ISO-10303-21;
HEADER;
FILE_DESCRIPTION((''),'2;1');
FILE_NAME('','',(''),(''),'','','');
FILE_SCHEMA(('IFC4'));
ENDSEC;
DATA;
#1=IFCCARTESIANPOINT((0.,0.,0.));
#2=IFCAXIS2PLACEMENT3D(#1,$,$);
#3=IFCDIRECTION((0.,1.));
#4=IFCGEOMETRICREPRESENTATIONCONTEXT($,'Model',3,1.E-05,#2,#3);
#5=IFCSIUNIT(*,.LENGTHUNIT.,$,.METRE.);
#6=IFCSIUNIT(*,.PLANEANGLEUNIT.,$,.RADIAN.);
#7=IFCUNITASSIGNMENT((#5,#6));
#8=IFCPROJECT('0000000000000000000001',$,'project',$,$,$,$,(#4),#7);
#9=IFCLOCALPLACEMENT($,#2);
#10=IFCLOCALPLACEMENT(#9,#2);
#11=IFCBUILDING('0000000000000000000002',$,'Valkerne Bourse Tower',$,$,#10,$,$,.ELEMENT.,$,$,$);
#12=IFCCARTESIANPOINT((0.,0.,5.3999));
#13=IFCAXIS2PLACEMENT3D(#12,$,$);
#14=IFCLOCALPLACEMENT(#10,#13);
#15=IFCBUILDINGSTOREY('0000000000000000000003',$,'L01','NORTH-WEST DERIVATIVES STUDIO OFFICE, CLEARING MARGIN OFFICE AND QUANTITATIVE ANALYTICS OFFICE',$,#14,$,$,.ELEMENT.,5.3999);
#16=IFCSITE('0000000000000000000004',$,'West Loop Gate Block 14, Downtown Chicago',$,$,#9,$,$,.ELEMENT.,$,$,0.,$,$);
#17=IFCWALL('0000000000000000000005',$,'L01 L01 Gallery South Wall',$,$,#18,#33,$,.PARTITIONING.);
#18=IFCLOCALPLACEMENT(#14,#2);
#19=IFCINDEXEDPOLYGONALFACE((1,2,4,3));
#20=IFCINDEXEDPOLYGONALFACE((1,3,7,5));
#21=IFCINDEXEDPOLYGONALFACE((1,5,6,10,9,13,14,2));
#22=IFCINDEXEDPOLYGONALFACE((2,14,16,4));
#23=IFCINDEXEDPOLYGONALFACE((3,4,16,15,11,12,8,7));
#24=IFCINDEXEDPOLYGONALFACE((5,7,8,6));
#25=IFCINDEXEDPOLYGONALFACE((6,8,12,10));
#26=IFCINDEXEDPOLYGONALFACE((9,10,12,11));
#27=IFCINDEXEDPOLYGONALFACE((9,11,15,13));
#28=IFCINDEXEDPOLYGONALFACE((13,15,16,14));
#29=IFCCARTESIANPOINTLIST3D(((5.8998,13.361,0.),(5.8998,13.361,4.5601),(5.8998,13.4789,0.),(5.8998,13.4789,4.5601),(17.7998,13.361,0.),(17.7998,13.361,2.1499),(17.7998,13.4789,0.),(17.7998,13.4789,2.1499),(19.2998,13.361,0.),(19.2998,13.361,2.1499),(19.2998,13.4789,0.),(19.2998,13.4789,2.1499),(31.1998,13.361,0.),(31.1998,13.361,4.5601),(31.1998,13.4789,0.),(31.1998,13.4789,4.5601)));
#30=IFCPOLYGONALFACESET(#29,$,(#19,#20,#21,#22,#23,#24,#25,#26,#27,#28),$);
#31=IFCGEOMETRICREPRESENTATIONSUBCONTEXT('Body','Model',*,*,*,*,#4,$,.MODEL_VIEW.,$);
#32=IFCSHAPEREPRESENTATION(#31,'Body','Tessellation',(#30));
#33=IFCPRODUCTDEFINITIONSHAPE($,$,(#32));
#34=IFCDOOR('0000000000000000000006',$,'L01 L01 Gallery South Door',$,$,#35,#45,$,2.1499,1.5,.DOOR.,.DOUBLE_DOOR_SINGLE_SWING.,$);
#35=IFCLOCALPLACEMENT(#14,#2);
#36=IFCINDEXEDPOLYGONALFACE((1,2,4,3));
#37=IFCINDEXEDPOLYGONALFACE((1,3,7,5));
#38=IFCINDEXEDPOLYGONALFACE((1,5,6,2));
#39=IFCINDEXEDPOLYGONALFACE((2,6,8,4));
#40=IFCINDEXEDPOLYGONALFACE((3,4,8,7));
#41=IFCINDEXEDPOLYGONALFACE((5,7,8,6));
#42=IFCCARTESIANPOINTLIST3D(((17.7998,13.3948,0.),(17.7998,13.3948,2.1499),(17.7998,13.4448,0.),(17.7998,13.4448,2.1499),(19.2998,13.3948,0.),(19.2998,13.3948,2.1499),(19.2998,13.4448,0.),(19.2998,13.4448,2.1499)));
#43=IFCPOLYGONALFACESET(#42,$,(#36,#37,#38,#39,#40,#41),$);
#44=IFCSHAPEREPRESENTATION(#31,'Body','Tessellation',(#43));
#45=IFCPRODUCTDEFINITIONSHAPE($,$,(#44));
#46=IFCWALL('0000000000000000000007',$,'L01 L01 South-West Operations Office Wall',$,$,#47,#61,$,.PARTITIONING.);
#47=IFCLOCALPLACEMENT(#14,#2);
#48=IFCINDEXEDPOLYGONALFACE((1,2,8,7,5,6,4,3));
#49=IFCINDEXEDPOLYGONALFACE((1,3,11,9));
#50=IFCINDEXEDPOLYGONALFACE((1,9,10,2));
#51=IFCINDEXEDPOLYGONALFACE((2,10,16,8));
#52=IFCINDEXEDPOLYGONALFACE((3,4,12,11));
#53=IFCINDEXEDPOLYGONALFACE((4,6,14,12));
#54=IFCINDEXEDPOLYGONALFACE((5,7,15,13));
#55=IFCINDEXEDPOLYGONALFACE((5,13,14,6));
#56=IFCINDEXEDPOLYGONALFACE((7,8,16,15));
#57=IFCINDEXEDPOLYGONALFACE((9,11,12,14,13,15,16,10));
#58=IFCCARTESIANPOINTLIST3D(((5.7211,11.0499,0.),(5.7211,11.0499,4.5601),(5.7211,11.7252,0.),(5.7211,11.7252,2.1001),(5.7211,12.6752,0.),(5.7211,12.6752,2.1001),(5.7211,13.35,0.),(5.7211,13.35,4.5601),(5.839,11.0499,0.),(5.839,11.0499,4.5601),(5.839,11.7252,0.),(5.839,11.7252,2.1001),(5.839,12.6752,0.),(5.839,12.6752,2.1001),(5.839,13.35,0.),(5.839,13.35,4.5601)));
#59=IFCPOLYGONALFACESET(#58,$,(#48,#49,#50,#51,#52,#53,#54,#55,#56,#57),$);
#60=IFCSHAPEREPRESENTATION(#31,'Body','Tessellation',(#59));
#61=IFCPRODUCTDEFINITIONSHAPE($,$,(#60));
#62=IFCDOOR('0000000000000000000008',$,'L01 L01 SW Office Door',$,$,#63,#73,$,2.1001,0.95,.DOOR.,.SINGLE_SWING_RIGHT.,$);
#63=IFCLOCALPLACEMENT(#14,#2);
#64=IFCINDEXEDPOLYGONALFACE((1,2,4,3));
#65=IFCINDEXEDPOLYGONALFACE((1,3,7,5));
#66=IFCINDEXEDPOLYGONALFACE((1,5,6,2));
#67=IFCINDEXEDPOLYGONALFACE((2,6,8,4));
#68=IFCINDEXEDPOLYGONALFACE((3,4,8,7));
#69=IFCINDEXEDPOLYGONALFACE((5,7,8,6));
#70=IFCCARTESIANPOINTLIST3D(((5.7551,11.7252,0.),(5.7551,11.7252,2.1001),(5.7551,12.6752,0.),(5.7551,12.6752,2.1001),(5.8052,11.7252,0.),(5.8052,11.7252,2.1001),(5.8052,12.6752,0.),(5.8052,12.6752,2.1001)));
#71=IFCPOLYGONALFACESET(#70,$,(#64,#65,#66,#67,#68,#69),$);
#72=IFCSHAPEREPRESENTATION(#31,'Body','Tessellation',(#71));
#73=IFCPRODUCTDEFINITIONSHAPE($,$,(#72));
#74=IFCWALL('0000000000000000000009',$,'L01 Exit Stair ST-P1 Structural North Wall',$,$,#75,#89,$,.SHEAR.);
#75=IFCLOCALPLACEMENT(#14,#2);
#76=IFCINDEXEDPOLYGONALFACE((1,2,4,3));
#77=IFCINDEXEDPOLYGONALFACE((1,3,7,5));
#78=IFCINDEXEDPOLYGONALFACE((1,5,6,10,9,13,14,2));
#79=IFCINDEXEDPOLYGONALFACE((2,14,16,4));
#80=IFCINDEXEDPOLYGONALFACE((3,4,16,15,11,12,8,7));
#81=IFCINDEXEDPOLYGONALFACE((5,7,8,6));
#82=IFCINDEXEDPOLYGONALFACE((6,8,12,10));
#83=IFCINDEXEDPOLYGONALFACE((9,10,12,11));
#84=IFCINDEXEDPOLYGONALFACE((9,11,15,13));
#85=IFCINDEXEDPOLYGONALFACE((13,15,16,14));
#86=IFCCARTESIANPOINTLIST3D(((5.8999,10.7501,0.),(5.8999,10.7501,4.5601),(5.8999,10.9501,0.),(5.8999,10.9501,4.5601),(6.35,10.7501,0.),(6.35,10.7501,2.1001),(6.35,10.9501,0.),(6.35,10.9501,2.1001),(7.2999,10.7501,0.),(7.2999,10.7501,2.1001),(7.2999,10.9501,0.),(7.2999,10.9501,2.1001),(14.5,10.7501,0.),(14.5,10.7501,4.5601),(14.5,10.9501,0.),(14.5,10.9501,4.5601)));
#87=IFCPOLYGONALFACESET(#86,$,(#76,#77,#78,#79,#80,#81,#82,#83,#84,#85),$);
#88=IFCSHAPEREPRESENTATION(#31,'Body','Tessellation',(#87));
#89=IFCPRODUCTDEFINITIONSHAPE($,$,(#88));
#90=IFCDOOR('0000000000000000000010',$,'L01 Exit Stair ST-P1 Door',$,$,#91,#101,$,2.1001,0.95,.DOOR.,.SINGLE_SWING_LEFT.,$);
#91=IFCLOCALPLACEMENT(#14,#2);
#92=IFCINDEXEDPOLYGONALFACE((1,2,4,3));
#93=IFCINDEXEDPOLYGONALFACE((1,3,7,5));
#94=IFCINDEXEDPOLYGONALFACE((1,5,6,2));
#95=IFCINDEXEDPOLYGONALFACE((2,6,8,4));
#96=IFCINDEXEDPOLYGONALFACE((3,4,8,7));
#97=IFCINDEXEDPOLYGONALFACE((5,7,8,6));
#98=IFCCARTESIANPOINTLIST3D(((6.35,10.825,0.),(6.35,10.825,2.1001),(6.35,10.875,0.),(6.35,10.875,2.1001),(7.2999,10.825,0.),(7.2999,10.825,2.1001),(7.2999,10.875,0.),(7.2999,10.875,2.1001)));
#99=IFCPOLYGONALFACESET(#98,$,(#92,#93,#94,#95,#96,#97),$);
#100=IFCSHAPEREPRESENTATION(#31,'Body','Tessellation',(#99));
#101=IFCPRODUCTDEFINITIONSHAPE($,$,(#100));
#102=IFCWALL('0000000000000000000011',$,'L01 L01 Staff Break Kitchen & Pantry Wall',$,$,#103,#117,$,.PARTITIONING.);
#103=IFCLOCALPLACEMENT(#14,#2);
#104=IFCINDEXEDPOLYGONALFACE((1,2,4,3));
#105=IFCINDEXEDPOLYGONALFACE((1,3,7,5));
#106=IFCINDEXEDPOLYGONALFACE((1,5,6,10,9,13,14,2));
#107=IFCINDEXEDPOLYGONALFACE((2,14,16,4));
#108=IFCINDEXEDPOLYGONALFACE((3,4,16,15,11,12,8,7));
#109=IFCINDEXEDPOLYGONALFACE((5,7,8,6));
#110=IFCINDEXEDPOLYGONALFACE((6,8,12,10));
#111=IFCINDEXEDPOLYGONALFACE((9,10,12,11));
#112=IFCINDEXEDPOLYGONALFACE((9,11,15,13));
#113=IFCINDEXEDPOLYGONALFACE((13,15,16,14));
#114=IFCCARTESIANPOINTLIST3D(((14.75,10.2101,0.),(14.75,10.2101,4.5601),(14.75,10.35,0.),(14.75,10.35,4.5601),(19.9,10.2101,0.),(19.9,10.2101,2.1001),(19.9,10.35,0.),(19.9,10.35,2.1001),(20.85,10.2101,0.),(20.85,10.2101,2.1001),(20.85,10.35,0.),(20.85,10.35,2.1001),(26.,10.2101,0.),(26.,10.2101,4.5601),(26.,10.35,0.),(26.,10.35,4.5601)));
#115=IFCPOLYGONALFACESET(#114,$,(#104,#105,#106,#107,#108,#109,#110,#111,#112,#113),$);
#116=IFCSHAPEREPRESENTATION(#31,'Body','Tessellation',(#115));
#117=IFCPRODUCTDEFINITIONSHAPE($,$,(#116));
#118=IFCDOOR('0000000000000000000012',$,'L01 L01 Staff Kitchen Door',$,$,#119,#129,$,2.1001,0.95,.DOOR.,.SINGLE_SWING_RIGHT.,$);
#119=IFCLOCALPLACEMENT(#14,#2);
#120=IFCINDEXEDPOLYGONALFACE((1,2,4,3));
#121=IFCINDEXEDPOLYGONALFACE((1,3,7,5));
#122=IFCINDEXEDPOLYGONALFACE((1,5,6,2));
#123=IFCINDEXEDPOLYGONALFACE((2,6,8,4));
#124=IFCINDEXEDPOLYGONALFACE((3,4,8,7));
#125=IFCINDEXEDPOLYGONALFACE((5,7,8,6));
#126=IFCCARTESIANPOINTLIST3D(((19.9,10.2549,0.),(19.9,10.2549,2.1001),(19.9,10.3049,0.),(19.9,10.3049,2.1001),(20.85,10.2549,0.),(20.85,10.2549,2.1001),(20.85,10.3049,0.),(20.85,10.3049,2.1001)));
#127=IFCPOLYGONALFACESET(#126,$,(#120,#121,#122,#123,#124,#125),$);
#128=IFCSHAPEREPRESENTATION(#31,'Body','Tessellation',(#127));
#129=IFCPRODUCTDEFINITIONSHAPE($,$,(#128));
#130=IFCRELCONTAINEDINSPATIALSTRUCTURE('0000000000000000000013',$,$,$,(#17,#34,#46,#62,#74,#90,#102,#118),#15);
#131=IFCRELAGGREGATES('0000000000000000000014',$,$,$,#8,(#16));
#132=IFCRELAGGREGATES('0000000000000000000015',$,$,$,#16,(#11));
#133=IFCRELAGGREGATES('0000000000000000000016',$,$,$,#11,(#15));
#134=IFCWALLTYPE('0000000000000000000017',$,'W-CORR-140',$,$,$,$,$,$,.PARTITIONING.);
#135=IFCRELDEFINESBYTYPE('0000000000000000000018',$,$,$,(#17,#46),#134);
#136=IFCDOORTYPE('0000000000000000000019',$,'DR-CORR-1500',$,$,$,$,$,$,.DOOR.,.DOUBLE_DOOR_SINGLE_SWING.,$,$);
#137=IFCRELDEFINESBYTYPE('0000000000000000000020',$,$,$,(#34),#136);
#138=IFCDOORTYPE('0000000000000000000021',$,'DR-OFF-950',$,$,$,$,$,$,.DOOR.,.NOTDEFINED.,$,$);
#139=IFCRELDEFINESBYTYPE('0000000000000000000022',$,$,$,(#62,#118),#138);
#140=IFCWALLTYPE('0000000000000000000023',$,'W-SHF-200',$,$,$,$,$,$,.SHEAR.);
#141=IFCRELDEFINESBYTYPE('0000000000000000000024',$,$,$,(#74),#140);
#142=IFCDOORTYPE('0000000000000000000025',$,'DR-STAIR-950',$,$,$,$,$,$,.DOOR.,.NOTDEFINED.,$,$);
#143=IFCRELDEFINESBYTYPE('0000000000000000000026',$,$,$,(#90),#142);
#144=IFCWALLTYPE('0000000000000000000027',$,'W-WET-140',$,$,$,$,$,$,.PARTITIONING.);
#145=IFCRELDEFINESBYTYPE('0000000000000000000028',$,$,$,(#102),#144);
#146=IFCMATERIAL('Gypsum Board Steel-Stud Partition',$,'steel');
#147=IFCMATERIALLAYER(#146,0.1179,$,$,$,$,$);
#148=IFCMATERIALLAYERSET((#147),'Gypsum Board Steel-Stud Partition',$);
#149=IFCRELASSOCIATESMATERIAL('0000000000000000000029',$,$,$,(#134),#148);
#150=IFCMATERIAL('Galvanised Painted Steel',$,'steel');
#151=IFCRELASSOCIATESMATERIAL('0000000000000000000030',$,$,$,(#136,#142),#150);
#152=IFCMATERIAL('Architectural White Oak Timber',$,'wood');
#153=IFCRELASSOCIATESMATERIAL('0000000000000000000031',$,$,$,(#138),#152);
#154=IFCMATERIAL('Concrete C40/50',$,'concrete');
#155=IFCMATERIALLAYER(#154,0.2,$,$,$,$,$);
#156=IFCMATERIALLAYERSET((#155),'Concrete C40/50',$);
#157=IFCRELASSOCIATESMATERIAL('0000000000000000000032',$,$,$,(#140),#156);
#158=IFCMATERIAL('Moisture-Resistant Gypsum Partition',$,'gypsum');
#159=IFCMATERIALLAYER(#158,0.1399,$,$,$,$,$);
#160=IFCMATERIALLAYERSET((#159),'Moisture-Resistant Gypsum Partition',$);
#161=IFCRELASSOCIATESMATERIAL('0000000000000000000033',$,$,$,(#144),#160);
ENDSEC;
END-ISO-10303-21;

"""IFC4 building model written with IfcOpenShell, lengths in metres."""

from ifc_helpers import new_model, si_unit, direction, frame, frame_2d, origin, place, context, subcontext, project, spatial, rectangle, extrude, material, layer, layer_set, type_object, element, fill, save


model = new_model("IFC4")

# Units and contexts
model_context = context("Model", 3, precision=1e-05, world=origin(), true_north=direction((0.0, 1.0)))
body_context = subcontext(model_context, "Body", "Model", "MODEL_VIEW")
ifc_project = project(units=[si_unit("LENGTHUNIT", "METRE"), si_unit("PLANEANGLEUNIT", "RADIAN")], contexts=[model_context])

# Site, building, storey
site_placement = place(None, origin())
site = spatial("IfcSite", under=ifc_project, at=site_placement, Name="West Loop Gate Block 14, Downtown Chicago", CompositionType="ELEMENT", RefElevation=0.0)
building_placement = place(site_placement, origin())
building = spatial("IfcBuilding", under=site, at=building_placement, Name="Valkerne Bourse Tower", CompositionType="ELEMENT")
storey_placement = place(building_placement, frame((0.0, 0.0, 5.3999)))
storey = spatial("IfcBuildingStorey", under=building, at=storey_placement, Name="L01", Description="NORTH-WEST DERIVATIVES STUDIO OFFICE, CLEARING MARGIN OFFICE AND QUANTITATIVE ANALYTICS OFFICE", CompositionType="ELEMENT", Elevation=5.3999)

# Walls, openings, doors
ifc_material_1 = material(Name="Gypsum Board Steel-Stud Partition", Category="steel")
ifc_layer_1 = layer(ifc_material_1, 0.1179)
ifc_layer_set_1 = layer_set([ifc_layer_1], Name="Gypsum Board Steel-Stud Partition")
wall_type_1 = type_object("IfcWallType", Name="W-CORR-140", PredefinedType="PARTITIONING", material=ifc_layer_set_1)
wall_1_placement = place(storey_placement, frame((5.8999, 13.4199, 0.0), z_axis=(0.0, 0.0, 1.0), x_axis=(1.0, 0.0, 0.0)))
wall_1 = element("IfcWall", 1, at=wall_1_placement, inside=storey, type_object=wall_type_1, Name="L01 L01 Gallery South Wall", PredefinedType="PARTITIONING", context=body_context, shape_type="SweptSolid", body=[
    extrude(rectangle(XDim=25.3, YDim=0.1179, at=frame_2d((12.6499, 0.0))), origin(), (0.0, 0.0, 1.0), 4.5601),
])
opening_1_placement = place(wall_1_placement, frame((11.8999, 0.0, 0.0)))
opening_1 = element("IfcOpeningElement", 2, at=opening_1_placement, cuts=wall_1, PredefinedType="OPENING", context=body_context, shape_type="SweptSolid", body=[
    extrude(rectangle(XDim=1.5, YDim=2.1499, at=frame_2d((0.75, 1.075))), frame((0.0, 0.0688, 0.0), z_axis=(0.0, -1.0, 0.0), x_axis=(1.0, 0.0, 0.0)), (0.0, 0.0, 1.0), 0.1379),
])
ifc_material_2 = material(Name="Galvanised Painted Steel", Category="steel")
door_type_1 = type_object("IfcDoorType", Name="DR-CORR-1500", OperationType="DOUBLE_DOOR_SINGLE_SWING", PredefinedType="DOOR", material=ifc_material_2)
door_1_placement = place(opening_1_placement, origin())
door_1 = element("IfcDoor", 3, at=door_1_placement, inside=storey, type_object=door_type_1, Name="L01 L01 Gallery South Door", OperationType="DOUBLE_DOOR_SINGLE_SWING", OverallHeight=2.1499, OverallWidth=1.5, PredefinedType="DOOR", context=body_context, shape_type="SweptSolid", body=[
    extrude(rectangle(XDim=1.5, YDim=2.1499, at=frame_2d((0.75, 1.075))), frame((0.0, 0.0249, 0.0), z_axis=(0.0, -1.0, 0.0), x_axis=(1.0, 0.0, 0.0)), (0.0, 0.0, 1.0), 0.05),
])
fill(opening_1, door_1)
wall_2_placement = place(storey_placement, frame((5.78, 11.05, 0.0), z_axis=(0.0, 0.0, 1.0), x_axis=(0.0, 1.0, 0.0)))
wall_2 = element("IfcWall", 4, at=wall_2_placement, inside=storey, type_object=wall_type_1, Name="L01 L01 South-West Operations Office Wall", PredefinedType="PARTITIONING", context=body_context, shape_type="SweptSolid", body=[
    extrude(rectangle(XDim=2.3, YDim=0.1179, at=frame_2d((1.1499, 0.0))), origin(), (0.0, 0.0, 1.0), 4.5601),
])
opening_2_placement = place(wall_2_placement, frame((0.675, 0.0, 0.0)))
opening_2 = element("IfcOpeningElement", 5, at=opening_2_placement, cuts=wall_2, PredefinedType="OPENING", context=body_context, shape_type="SweptSolid", body=[
    extrude(rectangle(XDim=0.95, YDim=2.1001, at=frame_2d((0.4751, 1.05))), frame((0.0, 0.0688, 0.0), z_axis=(0.0, -1.0, 0.0), x_axis=(1.0, 0.0, 0.0)), (0.0, 0.0, 1.0), 0.1379),
])
ifc_material_3 = material(Name="Architectural White Oak Timber", Category="wood")
door_type_2 = type_object("IfcDoorType", Name="DR-OFF-950", OperationType="NOTDEFINED", PredefinedType="DOOR", material=ifc_material_3)
door_2_placement = place(opening_2_placement, origin())
door_2 = element("IfcDoor", 6, at=door_2_placement, inside=storey, type_object=door_type_2, Name="L01 L01 SW Office Door", OperationType="SINGLE_SWING_RIGHT", OverallHeight=2.1001, OverallWidth=0.95, PredefinedType="DOOR", context=body_context, shape_type="SweptSolid", body=[
    extrude(rectangle(XDim=0.95, YDim=2.1001, at=frame_2d((0.4751, 1.05))), frame((0.0, 0.0249, 0.0), z_axis=(0.0, -1.0, 0.0), x_axis=(1.0, 0.0, 0.0)), (0.0, 0.0, 1.0), 0.05),
])
fill(opening_2, door_2)
ifc_material_4 = material(Name="Concrete C40/50", Category="concrete")
ifc_layer_2 = layer(ifc_material_4, 0.2)
ifc_layer_set_2 = layer_set([ifc_layer_2], Name="Concrete C40/50")
wall_type_2 = type_object("IfcWallType", Name="W-SHF-200", PredefinedType="SHEAR", material=ifc_layer_set_2)
wall_3_placement = place(storey_placement, frame((5.8999, 10.8501, 0.0), z_axis=(0.0, 0.0, 1.0), x_axis=(1.0, 0.0, 0.0)))
wall_3 = element("IfcWall", 7, at=wall_3_placement, inside=storey, type_object=wall_type_2, Name="L01 Exit Stair ST-P1 Structural North Wall", PredefinedType="SHEAR", context=body_context, shape_type="SweptSolid", body=[
    extrude(rectangle(XDim=8.6001, YDim=0.2, at=frame_2d((4.3, 0.0))), origin(), (0.0, 0.0, 1.0), 4.5601),
])
opening_3_placement = place(wall_3_placement, frame((0.45, 0.0, 0.0)))
opening_3 = element("IfcOpeningElement", 8, at=opening_3_placement, cuts=wall_3, PredefinedType="OPENING", context=body_context, shape_type="SweptSolid", body=[
    extrude(rectangle(XDim=0.95, YDim=2.1001, at=frame_2d((0.4751, 1.05))), frame((0.0, 0.1099, 0.0), z_axis=(0.0, -1.0, 0.0), x_axis=(1.0, 0.0, 0.0)), (0.0, 0.0, 1.0), 0.22),
])
door_type_3 = type_object("IfcDoorType", Name="DR-STAIR-950", OperationType="NOTDEFINED", PredefinedType="DOOR", material=ifc_material_2)
door_3_placement = place(opening_3_placement, origin())
door_3 = element("IfcDoor", 9, at=door_3_placement, inside=storey, type_object=door_type_3, Name="L01 Exit Stair ST-P1 Door", OperationType="SINGLE_SWING_LEFT", OverallHeight=2.1001, OverallWidth=0.95, PredefinedType="DOOR", context=body_context, shape_type="SweptSolid", body=[
    extrude(rectangle(XDim=0.95, YDim=2.1001, at=frame_2d((0.4751, 1.05))), frame((0.0, 0.0249, 0.0), z_axis=(0.0, -1.0, 0.0), x_axis=(1.0, 0.0, 0.0)), (0.0, 0.0, 1.0), 0.05),
])
fill(opening_3, door_3)
ifc_material_5 = material(Name="Moisture-Resistant Gypsum Partition", Category="gypsum")
ifc_layer_3 = layer(ifc_material_5, 0.1399)
ifc_layer_set_3 = layer_set([ifc_layer_3], Name="Moisture-Resistant Gypsum Partition")
wall_type_3 = type_object("IfcWallType", Name="W-WET-140", PredefinedType="PARTITIONING", material=ifc_layer_set_3)
wall_4_placement = place(storey_placement, frame((14.75, 10.28, 0.0), z_axis=(0.0, 0.0, 1.0), x_axis=(1.0, 0.0, 0.0)))
wall_4 = element("IfcWall", 10, at=wall_4_placement, inside=storey, type_object=wall_type_3, Name="L01 L01 Staff Break Kitchen & Pantry Wall", PredefinedType="PARTITIONING", context=body_context, shape_type="SweptSolid", body=[
    extrude(rectangle(XDim=11.25, YDim=0.1399, at=frame_2d((5.625, 0.0))), origin(), (0.0, 0.0, 1.0), 4.5601),
])
opening_4_placement = place(wall_4_placement, frame((5.1499, 0.0, 0.0)))
opening_4 = element("IfcOpeningElement", 11, at=opening_4_placement, cuts=wall_4, PredefinedType="OPENING", context=body_context, shape_type="SweptSolid", body=[
    extrude(rectangle(XDim=0.95, YDim=2.1001, at=frame_2d((0.4751, 1.05))), frame((0.0, 0.0798, 0.0), z_axis=(0.0, -1.0, 0.0), x_axis=(1.0, 0.0, 0.0)), (0.0, 0.0, 1.0), 0.1599),
])
door_4_placement = place(opening_4_placement, origin())
door_4 = element("IfcDoor", 12, at=door_4_placement, inside=storey, type_object=door_type_2, Name="L01 L01 Staff Kitchen Door", OperationType="SINGLE_SWING_RIGHT", OverallHeight=2.1001, OverallWidth=0.95, PredefinedType="DOOR", context=body_context, shape_type="SweptSolid", body=[
    extrude(rectangle(XDim=0.95, YDim=2.1001, at=frame_2d((0.4751, 1.05))), frame((0.0, 0.0249, 0.0), z_axis=(0.0, -1.0, 0.0), x_axis=(1.0, 0.0, 0.0)), (0.0, 0.0, 1.0), 0.05),
])
fill(opening_4, door_4)

save(model, "model.ifc")
